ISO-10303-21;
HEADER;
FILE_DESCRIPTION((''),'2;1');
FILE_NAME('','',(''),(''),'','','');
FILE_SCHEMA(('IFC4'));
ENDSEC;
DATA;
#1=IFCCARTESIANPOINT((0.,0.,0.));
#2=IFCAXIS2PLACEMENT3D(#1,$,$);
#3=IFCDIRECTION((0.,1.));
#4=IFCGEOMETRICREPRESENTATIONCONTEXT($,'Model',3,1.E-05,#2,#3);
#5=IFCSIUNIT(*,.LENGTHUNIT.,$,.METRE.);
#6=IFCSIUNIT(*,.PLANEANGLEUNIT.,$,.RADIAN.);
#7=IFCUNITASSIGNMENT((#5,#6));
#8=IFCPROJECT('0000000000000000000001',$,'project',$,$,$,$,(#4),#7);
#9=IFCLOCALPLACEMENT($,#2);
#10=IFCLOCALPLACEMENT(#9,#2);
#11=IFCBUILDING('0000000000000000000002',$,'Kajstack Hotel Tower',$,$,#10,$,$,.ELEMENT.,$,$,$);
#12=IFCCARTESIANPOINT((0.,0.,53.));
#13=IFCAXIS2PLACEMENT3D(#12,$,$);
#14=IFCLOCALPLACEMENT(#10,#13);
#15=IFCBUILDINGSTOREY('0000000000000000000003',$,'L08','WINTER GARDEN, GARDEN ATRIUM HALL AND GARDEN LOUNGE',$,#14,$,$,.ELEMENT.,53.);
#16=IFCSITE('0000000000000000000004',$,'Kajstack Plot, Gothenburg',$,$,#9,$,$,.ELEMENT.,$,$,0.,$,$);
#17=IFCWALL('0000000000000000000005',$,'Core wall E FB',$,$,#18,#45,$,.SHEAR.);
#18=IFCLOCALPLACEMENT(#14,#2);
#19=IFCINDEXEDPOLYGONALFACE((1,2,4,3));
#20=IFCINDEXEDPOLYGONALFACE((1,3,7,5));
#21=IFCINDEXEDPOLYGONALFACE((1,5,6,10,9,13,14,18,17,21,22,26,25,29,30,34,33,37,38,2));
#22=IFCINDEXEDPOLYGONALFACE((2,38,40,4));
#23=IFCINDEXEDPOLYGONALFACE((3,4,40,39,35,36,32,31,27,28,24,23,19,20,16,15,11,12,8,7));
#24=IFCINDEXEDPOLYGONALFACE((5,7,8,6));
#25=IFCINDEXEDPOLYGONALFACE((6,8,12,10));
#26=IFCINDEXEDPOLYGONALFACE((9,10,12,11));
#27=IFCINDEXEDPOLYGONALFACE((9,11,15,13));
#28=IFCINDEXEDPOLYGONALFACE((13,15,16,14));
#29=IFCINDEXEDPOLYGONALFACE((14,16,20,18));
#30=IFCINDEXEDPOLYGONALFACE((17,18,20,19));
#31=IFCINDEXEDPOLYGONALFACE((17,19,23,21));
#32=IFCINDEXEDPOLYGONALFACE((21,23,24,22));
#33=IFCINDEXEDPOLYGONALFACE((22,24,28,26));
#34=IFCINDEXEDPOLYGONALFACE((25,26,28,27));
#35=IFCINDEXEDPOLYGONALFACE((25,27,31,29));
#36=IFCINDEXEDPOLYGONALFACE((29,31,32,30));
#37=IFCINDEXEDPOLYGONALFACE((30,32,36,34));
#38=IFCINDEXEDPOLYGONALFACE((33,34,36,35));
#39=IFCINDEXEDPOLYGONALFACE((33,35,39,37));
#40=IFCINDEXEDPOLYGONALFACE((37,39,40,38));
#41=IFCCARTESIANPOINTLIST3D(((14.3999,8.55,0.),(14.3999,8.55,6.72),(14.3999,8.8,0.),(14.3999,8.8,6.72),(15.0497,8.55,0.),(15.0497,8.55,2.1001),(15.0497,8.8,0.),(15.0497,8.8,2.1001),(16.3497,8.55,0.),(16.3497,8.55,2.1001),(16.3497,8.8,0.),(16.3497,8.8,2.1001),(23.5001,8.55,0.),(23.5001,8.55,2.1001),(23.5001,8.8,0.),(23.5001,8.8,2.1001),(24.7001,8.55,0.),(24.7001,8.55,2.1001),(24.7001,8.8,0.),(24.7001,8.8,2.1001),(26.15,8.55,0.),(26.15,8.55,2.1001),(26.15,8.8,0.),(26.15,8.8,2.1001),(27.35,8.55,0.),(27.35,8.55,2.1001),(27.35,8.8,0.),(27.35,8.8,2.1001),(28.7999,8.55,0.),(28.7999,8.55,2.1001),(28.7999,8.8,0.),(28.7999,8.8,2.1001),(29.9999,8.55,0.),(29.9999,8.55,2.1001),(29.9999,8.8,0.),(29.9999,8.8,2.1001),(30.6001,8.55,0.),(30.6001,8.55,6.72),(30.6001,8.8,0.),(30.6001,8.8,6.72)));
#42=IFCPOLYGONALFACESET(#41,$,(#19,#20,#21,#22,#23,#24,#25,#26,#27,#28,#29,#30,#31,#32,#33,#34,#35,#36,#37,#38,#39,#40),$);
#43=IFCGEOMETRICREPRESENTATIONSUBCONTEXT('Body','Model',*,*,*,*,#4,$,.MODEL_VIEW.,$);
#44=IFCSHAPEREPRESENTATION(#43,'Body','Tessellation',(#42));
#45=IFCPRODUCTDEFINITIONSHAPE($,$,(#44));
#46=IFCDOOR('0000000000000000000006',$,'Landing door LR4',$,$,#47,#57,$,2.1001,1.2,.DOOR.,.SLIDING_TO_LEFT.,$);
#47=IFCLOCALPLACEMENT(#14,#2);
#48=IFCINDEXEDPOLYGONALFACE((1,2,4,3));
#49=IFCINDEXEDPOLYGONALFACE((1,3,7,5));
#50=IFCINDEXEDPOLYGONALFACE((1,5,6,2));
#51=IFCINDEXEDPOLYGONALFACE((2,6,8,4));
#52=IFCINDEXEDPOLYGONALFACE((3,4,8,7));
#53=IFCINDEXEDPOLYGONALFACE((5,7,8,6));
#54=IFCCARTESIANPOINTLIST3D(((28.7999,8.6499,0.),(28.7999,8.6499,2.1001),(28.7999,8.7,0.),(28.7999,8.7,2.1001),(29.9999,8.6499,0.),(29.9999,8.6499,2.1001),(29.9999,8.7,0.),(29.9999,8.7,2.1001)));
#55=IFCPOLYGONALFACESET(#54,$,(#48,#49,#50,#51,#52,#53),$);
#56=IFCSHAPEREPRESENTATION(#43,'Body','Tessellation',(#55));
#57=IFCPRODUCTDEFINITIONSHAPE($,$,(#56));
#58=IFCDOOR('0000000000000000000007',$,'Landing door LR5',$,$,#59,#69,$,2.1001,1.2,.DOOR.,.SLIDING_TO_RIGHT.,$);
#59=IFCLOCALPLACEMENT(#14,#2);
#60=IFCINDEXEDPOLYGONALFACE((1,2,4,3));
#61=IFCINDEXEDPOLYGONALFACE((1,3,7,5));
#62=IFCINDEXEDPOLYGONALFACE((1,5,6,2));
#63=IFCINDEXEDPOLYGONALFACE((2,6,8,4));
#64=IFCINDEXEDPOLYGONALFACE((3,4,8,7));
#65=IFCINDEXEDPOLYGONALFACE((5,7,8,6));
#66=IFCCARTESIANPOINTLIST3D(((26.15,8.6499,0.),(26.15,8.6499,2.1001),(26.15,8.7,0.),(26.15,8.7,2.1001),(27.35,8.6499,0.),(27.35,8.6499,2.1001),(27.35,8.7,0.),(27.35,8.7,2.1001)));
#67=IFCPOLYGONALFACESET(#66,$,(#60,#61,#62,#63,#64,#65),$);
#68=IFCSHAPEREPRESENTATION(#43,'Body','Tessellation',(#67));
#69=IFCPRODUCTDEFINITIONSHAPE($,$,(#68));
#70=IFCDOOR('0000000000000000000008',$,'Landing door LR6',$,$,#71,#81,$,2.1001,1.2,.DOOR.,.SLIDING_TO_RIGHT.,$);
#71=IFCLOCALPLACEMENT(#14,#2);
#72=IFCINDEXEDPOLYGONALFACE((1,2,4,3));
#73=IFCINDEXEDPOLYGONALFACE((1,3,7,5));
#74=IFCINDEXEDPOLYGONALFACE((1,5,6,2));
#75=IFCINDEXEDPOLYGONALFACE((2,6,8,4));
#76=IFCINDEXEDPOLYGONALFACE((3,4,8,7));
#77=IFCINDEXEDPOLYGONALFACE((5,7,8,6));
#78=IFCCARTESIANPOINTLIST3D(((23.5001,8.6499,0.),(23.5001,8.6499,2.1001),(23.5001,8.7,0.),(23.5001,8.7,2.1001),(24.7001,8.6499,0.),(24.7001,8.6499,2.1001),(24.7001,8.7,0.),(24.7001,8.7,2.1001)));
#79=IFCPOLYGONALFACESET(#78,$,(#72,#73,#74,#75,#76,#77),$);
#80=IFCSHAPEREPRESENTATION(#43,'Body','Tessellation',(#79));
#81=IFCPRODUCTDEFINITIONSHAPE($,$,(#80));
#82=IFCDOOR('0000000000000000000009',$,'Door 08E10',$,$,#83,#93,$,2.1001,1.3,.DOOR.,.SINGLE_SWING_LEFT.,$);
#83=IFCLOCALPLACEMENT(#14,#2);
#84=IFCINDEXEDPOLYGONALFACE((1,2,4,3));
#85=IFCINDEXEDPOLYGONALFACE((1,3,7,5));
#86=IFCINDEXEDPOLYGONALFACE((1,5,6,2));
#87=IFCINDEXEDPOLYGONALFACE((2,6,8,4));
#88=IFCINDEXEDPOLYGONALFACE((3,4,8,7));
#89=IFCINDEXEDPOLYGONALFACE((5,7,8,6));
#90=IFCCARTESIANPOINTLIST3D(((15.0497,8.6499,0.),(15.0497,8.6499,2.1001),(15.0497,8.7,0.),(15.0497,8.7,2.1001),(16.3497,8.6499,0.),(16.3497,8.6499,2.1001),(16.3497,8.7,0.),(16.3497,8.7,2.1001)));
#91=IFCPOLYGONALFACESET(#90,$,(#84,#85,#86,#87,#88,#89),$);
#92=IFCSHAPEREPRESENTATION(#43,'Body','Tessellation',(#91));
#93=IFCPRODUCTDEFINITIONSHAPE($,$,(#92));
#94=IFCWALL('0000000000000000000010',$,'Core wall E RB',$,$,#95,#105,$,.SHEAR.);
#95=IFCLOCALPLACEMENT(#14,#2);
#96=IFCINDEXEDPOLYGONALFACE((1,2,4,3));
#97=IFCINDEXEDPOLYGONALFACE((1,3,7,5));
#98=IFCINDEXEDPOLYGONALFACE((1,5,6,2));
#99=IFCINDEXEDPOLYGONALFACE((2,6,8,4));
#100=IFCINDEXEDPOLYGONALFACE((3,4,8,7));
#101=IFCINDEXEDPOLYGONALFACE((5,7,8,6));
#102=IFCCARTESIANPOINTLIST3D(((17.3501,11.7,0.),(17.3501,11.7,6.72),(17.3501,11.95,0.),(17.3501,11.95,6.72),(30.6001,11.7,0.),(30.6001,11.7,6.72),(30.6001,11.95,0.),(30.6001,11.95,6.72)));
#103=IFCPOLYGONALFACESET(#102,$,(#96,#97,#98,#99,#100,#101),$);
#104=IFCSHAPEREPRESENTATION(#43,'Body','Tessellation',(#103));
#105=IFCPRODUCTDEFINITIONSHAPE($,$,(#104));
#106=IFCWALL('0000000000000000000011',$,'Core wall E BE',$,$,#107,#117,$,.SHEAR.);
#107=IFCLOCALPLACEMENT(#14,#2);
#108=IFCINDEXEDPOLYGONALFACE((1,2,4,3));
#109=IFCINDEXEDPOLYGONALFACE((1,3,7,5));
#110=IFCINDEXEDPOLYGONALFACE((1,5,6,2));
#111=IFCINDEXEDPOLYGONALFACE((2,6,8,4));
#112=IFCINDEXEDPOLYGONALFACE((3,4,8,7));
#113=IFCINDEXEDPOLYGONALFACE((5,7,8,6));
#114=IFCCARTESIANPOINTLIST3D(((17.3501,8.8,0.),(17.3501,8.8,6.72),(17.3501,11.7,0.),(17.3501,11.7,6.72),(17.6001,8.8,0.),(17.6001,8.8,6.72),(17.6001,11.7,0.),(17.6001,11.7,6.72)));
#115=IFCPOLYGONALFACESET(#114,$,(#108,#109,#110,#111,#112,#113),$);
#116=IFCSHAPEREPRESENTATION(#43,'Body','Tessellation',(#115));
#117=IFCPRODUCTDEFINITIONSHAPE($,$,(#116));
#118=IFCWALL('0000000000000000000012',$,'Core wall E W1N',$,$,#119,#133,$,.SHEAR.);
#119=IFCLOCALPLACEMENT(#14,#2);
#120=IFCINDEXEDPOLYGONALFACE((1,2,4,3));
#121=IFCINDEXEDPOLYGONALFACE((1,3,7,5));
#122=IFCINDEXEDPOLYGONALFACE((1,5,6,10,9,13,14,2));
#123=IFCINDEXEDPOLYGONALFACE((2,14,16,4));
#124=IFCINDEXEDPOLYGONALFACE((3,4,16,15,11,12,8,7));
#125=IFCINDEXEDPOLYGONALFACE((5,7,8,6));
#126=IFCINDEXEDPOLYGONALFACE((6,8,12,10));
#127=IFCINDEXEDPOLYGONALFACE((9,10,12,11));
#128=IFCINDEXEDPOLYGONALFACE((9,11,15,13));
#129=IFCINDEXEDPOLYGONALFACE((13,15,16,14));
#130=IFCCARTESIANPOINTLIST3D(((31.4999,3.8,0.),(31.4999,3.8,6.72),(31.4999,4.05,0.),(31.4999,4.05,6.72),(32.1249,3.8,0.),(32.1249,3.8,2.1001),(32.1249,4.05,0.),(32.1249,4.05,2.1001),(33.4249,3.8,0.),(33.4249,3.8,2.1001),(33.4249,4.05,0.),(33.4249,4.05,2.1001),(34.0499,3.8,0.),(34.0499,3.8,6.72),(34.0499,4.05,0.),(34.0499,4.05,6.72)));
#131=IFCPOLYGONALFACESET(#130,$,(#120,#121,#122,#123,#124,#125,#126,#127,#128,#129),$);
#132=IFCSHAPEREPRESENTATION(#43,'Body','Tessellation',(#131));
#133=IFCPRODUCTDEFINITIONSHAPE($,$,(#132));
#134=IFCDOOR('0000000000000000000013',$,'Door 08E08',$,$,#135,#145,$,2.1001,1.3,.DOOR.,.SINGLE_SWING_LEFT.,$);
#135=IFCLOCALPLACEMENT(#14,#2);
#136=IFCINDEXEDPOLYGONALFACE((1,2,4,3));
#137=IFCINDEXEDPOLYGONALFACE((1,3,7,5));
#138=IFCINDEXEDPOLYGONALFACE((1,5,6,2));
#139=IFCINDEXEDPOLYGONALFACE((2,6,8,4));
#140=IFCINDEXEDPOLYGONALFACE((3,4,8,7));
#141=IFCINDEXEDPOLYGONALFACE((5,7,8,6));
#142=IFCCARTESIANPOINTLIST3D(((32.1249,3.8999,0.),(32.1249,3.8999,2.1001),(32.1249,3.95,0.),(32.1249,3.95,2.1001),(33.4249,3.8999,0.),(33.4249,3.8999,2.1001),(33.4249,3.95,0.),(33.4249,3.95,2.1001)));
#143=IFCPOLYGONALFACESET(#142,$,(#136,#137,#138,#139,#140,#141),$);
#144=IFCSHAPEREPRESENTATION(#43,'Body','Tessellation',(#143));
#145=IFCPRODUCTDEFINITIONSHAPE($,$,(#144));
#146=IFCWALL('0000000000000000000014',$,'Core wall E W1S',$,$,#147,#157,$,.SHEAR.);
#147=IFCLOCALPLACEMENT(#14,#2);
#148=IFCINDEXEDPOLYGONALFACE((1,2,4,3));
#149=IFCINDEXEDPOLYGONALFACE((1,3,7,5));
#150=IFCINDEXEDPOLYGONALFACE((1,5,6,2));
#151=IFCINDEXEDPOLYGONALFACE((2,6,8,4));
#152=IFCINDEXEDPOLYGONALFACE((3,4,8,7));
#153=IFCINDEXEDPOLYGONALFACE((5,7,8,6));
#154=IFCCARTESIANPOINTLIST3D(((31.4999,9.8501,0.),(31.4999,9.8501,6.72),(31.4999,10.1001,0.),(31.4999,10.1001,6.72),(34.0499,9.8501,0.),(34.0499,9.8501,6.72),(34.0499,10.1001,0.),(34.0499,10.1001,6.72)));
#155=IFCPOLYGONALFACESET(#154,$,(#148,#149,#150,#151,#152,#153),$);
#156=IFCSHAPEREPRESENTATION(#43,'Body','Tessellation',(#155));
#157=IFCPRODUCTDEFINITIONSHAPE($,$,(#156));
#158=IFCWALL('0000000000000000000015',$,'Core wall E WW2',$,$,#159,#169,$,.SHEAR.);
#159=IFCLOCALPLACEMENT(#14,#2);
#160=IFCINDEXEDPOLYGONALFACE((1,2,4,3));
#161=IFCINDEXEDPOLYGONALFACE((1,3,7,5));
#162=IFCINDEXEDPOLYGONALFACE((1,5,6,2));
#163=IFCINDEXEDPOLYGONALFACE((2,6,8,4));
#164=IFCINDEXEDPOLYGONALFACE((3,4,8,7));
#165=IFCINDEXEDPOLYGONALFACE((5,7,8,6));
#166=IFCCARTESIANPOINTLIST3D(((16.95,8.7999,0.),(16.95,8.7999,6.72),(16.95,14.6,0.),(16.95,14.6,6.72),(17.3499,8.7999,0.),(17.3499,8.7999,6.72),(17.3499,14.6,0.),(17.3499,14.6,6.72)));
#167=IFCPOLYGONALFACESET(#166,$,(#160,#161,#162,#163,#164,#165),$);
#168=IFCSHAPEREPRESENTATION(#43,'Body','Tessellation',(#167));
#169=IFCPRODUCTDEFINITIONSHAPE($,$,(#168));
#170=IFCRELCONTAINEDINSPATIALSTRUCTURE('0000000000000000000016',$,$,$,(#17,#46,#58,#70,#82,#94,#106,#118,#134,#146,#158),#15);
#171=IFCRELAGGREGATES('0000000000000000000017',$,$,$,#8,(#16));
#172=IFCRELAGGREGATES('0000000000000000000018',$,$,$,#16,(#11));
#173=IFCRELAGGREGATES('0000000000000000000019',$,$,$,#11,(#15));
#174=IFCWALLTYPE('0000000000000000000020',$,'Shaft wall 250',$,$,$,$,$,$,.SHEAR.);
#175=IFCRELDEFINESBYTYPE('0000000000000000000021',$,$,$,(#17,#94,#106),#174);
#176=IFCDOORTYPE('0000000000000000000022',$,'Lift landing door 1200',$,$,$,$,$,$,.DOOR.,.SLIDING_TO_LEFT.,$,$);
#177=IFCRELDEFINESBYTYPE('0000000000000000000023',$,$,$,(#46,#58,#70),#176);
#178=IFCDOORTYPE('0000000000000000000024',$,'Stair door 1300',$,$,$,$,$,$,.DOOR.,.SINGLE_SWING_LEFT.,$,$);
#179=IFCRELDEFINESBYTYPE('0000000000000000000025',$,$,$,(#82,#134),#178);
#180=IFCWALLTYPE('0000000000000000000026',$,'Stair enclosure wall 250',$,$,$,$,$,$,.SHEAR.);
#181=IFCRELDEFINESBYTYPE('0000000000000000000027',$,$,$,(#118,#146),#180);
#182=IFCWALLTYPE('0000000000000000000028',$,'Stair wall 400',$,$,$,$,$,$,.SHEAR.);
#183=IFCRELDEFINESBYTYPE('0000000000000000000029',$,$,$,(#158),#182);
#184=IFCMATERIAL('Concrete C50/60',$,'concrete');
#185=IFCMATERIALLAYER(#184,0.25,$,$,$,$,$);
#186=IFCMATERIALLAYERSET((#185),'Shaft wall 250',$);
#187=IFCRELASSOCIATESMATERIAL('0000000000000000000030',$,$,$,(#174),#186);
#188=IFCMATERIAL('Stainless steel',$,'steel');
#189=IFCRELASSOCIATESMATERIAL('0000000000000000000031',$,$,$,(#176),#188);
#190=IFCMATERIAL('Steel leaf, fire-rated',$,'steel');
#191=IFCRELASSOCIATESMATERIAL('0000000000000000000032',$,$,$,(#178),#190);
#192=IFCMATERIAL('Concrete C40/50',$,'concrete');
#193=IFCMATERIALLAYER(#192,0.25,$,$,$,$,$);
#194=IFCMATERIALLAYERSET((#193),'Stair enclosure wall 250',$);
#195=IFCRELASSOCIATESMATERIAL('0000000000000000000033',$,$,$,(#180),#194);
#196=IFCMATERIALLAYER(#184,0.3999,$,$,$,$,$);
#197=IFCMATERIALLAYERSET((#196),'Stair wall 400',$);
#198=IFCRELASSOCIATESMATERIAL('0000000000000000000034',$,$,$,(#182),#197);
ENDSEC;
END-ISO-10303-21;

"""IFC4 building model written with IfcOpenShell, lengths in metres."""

from ifc_helpers import new_model, si_unit, direction, frame, frame_2d, origin, place, context, subcontext, project, spatial, rectangle, extrude, material, layer, layer_set, type_object, element, fill, save


model = new_model("IFC4")

# Units and contexts
model_context = context("Model", 3, precision=1e-05, world=origin(), true_north=direction((0.0, 1.0)))
body_context = subcontext(model_context, "Body", "Model", "MODEL_VIEW")
ifc_project = project(units=[si_unit("LENGTHUNIT", "METRE"), si_unit("PLANEANGLEUNIT", "RADIAN")], contexts=[model_context])

# Site, building, storey
site_placement = place(None, origin())
site = spatial("IfcSite", under=ifc_project, at=site_placement, Name="Kajstack Plot, Gothenburg", CompositionType="ELEMENT", RefElevation=0.0)
building_placement = place(site_placement, origin())
building = spatial("IfcBuilding", under=site, at=building_placement, Name="Kajstack Hotel Tower", CompositionType="ELEMENT")
storey_placement = place(building_placement, frame((0.0, 0.0, 53.0)))
storey = spatial("IfcBuildingStorey", under=building, at=storey_placement, Name="L08", Description="WINTER GARDEN, GARDEN ATRIUM HALL AND GARDEN LOUNGE", CompositionType="ELEMENT", Elevation=53.0)

# Shared definitions
ifc_material_1 = material(Name="Stainless steel", Category="steel")

# Shared definitions
ifc_material_2 = material(Name="Concrete C50/60", Category="concrete")

# Shared definitions
ifc_material_3 = material(Name="Steel leaf, fire-rated", Category="steel")

# Shared definitions
ifc_layer_1 = layer(ifc_material_2, 0.25)
ifc_layer_set_1 = layer_set([ifc_layer_1], Name="Shaft wall 250")
wall_type_1 = type_object("IfcWallType", Name="Shaft wall 250", PredefinedType="SHEAR", material=ifc_layer_set_1)

# Wall, openings, doors
wall_1_placement = place(storey_placement, frame((14.3999, 8.675, 0.0), z_axis=(0.0, 0.0, 1.0), x_axis=(1.0, 0.0, 0.0)))
wall_1 = element("IfcWall", 1, at=wall_1_placement, inside=storey, type_object=wall_type_1, Name="Core wall E FB", PredefinedType="SHEAR", context=body_context, shape_type="SweptSolid", body=[
    extrude(rectangle(XDim=16.2002, YDim=0.25, at=frame_2d((8.1001, 0.0))), origin(), (0.0, 0.0, 1.0), 6.72),
])
opening_1_placement = place(wall_1_placement, frame((14.3999, 0.0, 0.0)))
opening_1 = element("IfcOpeningElement", 2, at=opening_1_placement, cuts=wall_1, PredefinedType="OPENING", context=body_context, shape_type="SweptSolid", body=[
    extrude(rectangle(XDim=1.2, YDim=2.1001, at=frame_2d((0.6001, 1.05))), frame((0.0, 0.135, 0.0), z_axis=(0.0, -1.0, 0.0), x_axis=(1.0, 0.0, 0.0)), (0.0, 0.0, 1.0), 0.27),
])
opening_2_placement = place(wall_1_placement, frame((11.75, 0.0, 0.0)))
opening_2 = element("IfcOpeningElement", 3, at=opening_2_placement, cuts=wall_1, PredefinedType="OPENING", context=body_context, shape_type="SweptSolid", body=[
    extrude(rectangle(XDim=1.2, YDim=2.1001, at=frame_2d((0.6001, 1.05))), frame((0.0, 0.135, 0.0), z_axis=(0.0, -1.0, 0.0), x_axis=(1.0, 0.0, 0.0)), (0.0, 0.0, 1.0), 0.27),
])
opening_3_placement = place(wall_1_placement, frame((9.1001, 0.0, 0.0)))
opening_3 = element("IfcOpeningElement", 4, at=opening_3_placement, cuts=wall_1, PredefinedType="OPENING", context=body_context, shape_type="SweptSolid", body=[
    extrude(rectangle(XDim=1.2, YDim=2.1001, at=frame_2d((0.6001, 1.05))), frame((0.0, 0.135, 0.0), z_axis=(0.0, -1.0, 0.0), x_axis=(1.0, 0.0, 0.0)), (0.0, 0.0, 1.0), 0.27),
])
opening_4_placement = place(wall_1_placement, frame((0.6499, 0.0, 0.0)))
opening_4 = element("IfcOpeningElement", 5, at=opening_4_placement, cuts=wall_1, PredefinedType="OPENING", context=body_context, shape_type="SweptSolid", body=[
    extrude(rectangle(XDim=1.3, YDim=2.1001, at=frame_2d((0.6499, 1.05))), frame((0.0, 0.135, 0.0), z_axis=(0.0, -1.0, 0.0), x_axis=(1.0, 0.0, 0.0)), (0.0, 0.0, 1.0), 0.27),
])
door_type_1 = type_object("IfcDoorType", Name="Lift landing door 1200", OperationType="SLIDING_TO_LEFT", PredefinedType="DOOR", material=ifc_material_1)
door_1_placement = place(opening_1_placement, origin())
door_1 = element("IfcDoor", 6, at=door_1_placement, inside=storey, type_object=door_type_1, Name="Landing door LR4", OperationType="SLIDING_TO_LEFT", OverallHeight=2.1001, OverallWidth=1.2, PredefinedType="DOOR", context=body_context, shape_type="SweptSolid", body=[
    extrude(rectangle(XDim=1.2, YDim=2.1001, at=frame_2d((0.6001, 1.05))), frame((0.0, 0.0249, 0.0), z_axis=(0.0, -1.0, 0.0), x_axis=(1.0, 0.0, 0.0)), (0.0, 0.0, 1.0), 0.05),
])
fill(opening_1, door_1)
door_2_placement = place(opening_2_placement, origin())
door_2 = element("IfcDoor", 7, at=door_2_placement, inside=storey, type_object=door_type_1, Name="Landing door LR5", OperationType="SLIDING_TO_RIGHT", OverallHeight=2.1001, OverallWidth=1.2, PredefinedType="DOOR", context=body_context, shape_type="SweptSolid", body=[
    extrude(rectangle(XDim=1.2, YDim=2.1001, at=frame_2d((0.6001, 1.05))), frame((0.0, 0.0249, 0.0), z_axis=(0.0, -1.0, 0.0), x_axis=(1.0, 0.0, 0.0)), (0.0, 0.0, 1.0), 0.05),
])
fill(opening_2, door_2)
door_3_placement = place(opening_3_placement, origin())
door_3 = element("IfcDoor", 8, at=door_3_placement, inside=storey, type_object=door_type_1, Name="Landing door LR6", OperationType="SLIDING_TO_RIGHT", OverallHeight=2.1001, OverallWidth=1.2, PredefinedType="DOOR", context=body_context, shape_type="SweptSolid", body=[
    extrude(rectangle(XDim=1.2, YDim=2.1001, at=frame_2d((0.6001, 1.05))), frame((0.0, 0.0249, 0.0), z_axis=(0.0, -1.0, 0.0), x_axis=(1.0, 0.0, 0.0)), (0.0, 0.0, 1.0), 0.05),
])
fill(opening_3, door_3)
door_type_2 = type_object("IfcDoorType", Name="Stair door 1300", OperationType="SINGLE_SWING_LEFT", PredefinedType="DOOR", material=ifc_material_3)
door_4_placement = place(opening_4_placement, origin())
door_4 = element("IfcDoor", 9, at=door_4_placement, inside=storey, type_object=door_type_2, Name="Door 08E10", OperationType="SINGLE_SWING_LEFT", OverallHeight=2.1001, OverallWidth=1.3, PredefinedType="DOOR", context=body_context, shape_type="SweptSolid", body=[
    extrude(rectangle(XDim=1.3, YDim=2.1001, at=frame_2d((0.6499, 1.05))), frame((0.0, 0.0249, 0.0), z_axis=(0.0, -1.0, 0.0), x_axis=(1.0, 0.0, 0.0)), (0.0, 0.0, 1.0), 0.05),
])
fill(opening_4, door_4)

# Walls
wall_2_placement = place(storey_placement, frame((17.3501, 11.825, 0.0), z_axis=(0.0, 0.0, 1.0), x_axis=(1.0, 0.0, 0.0)))
element("IfcWall", 10, at=wall_2_placement, inside=storey, type_object=wall_type_1, Name="Core wall E RB", PredefinedType="SHEAR", context=body_context, shape_type="SweptSolid", body=[
    extrude(rectangle(XDim=13.25, YDim=0.25, at=frame_2d((6.625, 0.0))), origin(), (0.0, 0.0, 1.0), 6.72),
])
wall_3_placement = place(storey_placement, frame((17.4751, 8.8, 0.0), z_axis=(0.0, 0.0, 1.0), x_axis=(0.0, 1.0, 0.0)))
element("IfcWall", 11, at=wall_3_placement, inside=storey, type_object=wall_type_1, Name="Core wall E BE", PredefinedType="SHEAR", context=body_context, shape_type="SweptSolid", body=[
    extrude(rectangle(XDim=2.8999, YDim=0.25, at=frame_2d((1.45, 0.0))), origin(), (0.0, 0.0, 1.0), 6.72),
])

# Wall, opening, door
ifc_material_4 = material(Name="Concrete C40/50", Category="concrete")
ifc_layer_2 = layer(ifc_material_4, 0.25)
ifc_layer_set_2 = layer_set([ifc_layer_2], Name="Stair enclosure wall 250")
wall_type_2 = type_object("IfcWallType", Name="Stair enclosure wall 250", PredefinedType="SHEAR", material=ifc_layer_set_2)
wall_4_placement = place(storey_placement, frame((31.5, 3.925, 0.0), z_axis=(0.0, 0.0, 1.0), x_axis=(1.0, 0.0, 0.0)))
wall_4 = element("IfcWall", 12, at=wall_4_placement, inside=storey, type_object=wall_type_2, Name="Core wall E W1N", PredefinedType="SHEAR", context=body_context, shape_type="SweptSolid", body=[
    extrude(rectangle(XDim=2.55, YDim=0.25, at=frame_2d((1.2749, 0.0))), origin(), (0.0, 0.0, 1.0), 6.72),
])
opening_5_placement = place(wall_4_placement, frame((0.625, 0.0, 0.0)))
opening_5 = element("IfcOpeningElement", 13, at=opening_5_placement, cuts=wall_4, PredefinedType="OPENING", context=body_context, shape_type="SweptSolid", body=[
    extrude(rectangle(XDim=1.3, YDim=2.1001, at=frame_2d((0.6499, 1.05))), frame((0.0, 0.135, 0.0), z_axis=(0.0, -1.0, 0.0), x_axis=(1.0, 0.0, 0.0)), (0.0, 0.0, 1.0), 0.27),
])
door_5_placement = place(opening_5_placement, origin())
door_5 = element("IfcDoor", 14, at=door_5_placement, inside=storey, type_object=door_type_2, Name="Door 08E08", OperationType="SINGLE_SWING_LEFT", OverallHeight=2.1001, OverallWidth=1.3, PredefinedType="DOOR", context=body_context, shape_type="SweptSolid", body=[
    extrude(rectangle(XDim=1.3, YDim=2.1001, at=frame_2d((0.6499, 1.05))), frame((0.0, 0.0249, 0.0), z_axis=(0.0, -1.0, 0.0), x_axis=(1.0, 0.0, 0.0)), (0.0, 0.0, 1.0), 0.05),
])
fill(opening_5, door_5)

# Walls
wall_5_placement = place(storey_placement, frame((31.5, 9.9751, 0.0), z_axis=(0.0, 0.0, 1.0), x_axis=(1.0, 0.0, 0.0)))
element("IfcWall", 15, at=wall_5_placement, inside=storey, type_object=wall_type_2, Name="Core wall E W1S", PredefinedType="SHEAR", context=body_context, shape_type="SweptSolid", body=[
    extrude(rectangle(XDim=2.55, YDim=0.25, at=frame_2d((1.2749, 0.0))), origin(), (0.0, 0.0, 1.0), 6.72),
])
ifc_layer_3 = layer(ifc_material_2, 0.3999)
ifc_layer_set_3 = layer_set([ifc_layer_3], Name="Stair wall 400")
wall_type_3 = type_object("IfcWallType", Name="Stair wall 400", PredefinedType="SHEAR", material=ifc_layer_set_3)
wall_6_placement = place(storey_placement, frame((17.1499, 8.8, 0.0), z_axis=(0.0, 0.0, 1.0), x_axis=(0.0, 1.0, 0.0)))
element("IfcWall", 16, at=wall_6_placement, inside=storey, type_object=wall_type_3, Name="Core wall E WW2", PredefinedType="SHEAR", context=body_context, shape_type="SweptSolid", body=[
    extrude(rectangle(XDim=5.8, YDim=0.3999, at=frame_2d((2.8999, 0.0))), origin(), (0.0, 0.0, 1.0), 6.72),
])

save(model, "model.ifc")
